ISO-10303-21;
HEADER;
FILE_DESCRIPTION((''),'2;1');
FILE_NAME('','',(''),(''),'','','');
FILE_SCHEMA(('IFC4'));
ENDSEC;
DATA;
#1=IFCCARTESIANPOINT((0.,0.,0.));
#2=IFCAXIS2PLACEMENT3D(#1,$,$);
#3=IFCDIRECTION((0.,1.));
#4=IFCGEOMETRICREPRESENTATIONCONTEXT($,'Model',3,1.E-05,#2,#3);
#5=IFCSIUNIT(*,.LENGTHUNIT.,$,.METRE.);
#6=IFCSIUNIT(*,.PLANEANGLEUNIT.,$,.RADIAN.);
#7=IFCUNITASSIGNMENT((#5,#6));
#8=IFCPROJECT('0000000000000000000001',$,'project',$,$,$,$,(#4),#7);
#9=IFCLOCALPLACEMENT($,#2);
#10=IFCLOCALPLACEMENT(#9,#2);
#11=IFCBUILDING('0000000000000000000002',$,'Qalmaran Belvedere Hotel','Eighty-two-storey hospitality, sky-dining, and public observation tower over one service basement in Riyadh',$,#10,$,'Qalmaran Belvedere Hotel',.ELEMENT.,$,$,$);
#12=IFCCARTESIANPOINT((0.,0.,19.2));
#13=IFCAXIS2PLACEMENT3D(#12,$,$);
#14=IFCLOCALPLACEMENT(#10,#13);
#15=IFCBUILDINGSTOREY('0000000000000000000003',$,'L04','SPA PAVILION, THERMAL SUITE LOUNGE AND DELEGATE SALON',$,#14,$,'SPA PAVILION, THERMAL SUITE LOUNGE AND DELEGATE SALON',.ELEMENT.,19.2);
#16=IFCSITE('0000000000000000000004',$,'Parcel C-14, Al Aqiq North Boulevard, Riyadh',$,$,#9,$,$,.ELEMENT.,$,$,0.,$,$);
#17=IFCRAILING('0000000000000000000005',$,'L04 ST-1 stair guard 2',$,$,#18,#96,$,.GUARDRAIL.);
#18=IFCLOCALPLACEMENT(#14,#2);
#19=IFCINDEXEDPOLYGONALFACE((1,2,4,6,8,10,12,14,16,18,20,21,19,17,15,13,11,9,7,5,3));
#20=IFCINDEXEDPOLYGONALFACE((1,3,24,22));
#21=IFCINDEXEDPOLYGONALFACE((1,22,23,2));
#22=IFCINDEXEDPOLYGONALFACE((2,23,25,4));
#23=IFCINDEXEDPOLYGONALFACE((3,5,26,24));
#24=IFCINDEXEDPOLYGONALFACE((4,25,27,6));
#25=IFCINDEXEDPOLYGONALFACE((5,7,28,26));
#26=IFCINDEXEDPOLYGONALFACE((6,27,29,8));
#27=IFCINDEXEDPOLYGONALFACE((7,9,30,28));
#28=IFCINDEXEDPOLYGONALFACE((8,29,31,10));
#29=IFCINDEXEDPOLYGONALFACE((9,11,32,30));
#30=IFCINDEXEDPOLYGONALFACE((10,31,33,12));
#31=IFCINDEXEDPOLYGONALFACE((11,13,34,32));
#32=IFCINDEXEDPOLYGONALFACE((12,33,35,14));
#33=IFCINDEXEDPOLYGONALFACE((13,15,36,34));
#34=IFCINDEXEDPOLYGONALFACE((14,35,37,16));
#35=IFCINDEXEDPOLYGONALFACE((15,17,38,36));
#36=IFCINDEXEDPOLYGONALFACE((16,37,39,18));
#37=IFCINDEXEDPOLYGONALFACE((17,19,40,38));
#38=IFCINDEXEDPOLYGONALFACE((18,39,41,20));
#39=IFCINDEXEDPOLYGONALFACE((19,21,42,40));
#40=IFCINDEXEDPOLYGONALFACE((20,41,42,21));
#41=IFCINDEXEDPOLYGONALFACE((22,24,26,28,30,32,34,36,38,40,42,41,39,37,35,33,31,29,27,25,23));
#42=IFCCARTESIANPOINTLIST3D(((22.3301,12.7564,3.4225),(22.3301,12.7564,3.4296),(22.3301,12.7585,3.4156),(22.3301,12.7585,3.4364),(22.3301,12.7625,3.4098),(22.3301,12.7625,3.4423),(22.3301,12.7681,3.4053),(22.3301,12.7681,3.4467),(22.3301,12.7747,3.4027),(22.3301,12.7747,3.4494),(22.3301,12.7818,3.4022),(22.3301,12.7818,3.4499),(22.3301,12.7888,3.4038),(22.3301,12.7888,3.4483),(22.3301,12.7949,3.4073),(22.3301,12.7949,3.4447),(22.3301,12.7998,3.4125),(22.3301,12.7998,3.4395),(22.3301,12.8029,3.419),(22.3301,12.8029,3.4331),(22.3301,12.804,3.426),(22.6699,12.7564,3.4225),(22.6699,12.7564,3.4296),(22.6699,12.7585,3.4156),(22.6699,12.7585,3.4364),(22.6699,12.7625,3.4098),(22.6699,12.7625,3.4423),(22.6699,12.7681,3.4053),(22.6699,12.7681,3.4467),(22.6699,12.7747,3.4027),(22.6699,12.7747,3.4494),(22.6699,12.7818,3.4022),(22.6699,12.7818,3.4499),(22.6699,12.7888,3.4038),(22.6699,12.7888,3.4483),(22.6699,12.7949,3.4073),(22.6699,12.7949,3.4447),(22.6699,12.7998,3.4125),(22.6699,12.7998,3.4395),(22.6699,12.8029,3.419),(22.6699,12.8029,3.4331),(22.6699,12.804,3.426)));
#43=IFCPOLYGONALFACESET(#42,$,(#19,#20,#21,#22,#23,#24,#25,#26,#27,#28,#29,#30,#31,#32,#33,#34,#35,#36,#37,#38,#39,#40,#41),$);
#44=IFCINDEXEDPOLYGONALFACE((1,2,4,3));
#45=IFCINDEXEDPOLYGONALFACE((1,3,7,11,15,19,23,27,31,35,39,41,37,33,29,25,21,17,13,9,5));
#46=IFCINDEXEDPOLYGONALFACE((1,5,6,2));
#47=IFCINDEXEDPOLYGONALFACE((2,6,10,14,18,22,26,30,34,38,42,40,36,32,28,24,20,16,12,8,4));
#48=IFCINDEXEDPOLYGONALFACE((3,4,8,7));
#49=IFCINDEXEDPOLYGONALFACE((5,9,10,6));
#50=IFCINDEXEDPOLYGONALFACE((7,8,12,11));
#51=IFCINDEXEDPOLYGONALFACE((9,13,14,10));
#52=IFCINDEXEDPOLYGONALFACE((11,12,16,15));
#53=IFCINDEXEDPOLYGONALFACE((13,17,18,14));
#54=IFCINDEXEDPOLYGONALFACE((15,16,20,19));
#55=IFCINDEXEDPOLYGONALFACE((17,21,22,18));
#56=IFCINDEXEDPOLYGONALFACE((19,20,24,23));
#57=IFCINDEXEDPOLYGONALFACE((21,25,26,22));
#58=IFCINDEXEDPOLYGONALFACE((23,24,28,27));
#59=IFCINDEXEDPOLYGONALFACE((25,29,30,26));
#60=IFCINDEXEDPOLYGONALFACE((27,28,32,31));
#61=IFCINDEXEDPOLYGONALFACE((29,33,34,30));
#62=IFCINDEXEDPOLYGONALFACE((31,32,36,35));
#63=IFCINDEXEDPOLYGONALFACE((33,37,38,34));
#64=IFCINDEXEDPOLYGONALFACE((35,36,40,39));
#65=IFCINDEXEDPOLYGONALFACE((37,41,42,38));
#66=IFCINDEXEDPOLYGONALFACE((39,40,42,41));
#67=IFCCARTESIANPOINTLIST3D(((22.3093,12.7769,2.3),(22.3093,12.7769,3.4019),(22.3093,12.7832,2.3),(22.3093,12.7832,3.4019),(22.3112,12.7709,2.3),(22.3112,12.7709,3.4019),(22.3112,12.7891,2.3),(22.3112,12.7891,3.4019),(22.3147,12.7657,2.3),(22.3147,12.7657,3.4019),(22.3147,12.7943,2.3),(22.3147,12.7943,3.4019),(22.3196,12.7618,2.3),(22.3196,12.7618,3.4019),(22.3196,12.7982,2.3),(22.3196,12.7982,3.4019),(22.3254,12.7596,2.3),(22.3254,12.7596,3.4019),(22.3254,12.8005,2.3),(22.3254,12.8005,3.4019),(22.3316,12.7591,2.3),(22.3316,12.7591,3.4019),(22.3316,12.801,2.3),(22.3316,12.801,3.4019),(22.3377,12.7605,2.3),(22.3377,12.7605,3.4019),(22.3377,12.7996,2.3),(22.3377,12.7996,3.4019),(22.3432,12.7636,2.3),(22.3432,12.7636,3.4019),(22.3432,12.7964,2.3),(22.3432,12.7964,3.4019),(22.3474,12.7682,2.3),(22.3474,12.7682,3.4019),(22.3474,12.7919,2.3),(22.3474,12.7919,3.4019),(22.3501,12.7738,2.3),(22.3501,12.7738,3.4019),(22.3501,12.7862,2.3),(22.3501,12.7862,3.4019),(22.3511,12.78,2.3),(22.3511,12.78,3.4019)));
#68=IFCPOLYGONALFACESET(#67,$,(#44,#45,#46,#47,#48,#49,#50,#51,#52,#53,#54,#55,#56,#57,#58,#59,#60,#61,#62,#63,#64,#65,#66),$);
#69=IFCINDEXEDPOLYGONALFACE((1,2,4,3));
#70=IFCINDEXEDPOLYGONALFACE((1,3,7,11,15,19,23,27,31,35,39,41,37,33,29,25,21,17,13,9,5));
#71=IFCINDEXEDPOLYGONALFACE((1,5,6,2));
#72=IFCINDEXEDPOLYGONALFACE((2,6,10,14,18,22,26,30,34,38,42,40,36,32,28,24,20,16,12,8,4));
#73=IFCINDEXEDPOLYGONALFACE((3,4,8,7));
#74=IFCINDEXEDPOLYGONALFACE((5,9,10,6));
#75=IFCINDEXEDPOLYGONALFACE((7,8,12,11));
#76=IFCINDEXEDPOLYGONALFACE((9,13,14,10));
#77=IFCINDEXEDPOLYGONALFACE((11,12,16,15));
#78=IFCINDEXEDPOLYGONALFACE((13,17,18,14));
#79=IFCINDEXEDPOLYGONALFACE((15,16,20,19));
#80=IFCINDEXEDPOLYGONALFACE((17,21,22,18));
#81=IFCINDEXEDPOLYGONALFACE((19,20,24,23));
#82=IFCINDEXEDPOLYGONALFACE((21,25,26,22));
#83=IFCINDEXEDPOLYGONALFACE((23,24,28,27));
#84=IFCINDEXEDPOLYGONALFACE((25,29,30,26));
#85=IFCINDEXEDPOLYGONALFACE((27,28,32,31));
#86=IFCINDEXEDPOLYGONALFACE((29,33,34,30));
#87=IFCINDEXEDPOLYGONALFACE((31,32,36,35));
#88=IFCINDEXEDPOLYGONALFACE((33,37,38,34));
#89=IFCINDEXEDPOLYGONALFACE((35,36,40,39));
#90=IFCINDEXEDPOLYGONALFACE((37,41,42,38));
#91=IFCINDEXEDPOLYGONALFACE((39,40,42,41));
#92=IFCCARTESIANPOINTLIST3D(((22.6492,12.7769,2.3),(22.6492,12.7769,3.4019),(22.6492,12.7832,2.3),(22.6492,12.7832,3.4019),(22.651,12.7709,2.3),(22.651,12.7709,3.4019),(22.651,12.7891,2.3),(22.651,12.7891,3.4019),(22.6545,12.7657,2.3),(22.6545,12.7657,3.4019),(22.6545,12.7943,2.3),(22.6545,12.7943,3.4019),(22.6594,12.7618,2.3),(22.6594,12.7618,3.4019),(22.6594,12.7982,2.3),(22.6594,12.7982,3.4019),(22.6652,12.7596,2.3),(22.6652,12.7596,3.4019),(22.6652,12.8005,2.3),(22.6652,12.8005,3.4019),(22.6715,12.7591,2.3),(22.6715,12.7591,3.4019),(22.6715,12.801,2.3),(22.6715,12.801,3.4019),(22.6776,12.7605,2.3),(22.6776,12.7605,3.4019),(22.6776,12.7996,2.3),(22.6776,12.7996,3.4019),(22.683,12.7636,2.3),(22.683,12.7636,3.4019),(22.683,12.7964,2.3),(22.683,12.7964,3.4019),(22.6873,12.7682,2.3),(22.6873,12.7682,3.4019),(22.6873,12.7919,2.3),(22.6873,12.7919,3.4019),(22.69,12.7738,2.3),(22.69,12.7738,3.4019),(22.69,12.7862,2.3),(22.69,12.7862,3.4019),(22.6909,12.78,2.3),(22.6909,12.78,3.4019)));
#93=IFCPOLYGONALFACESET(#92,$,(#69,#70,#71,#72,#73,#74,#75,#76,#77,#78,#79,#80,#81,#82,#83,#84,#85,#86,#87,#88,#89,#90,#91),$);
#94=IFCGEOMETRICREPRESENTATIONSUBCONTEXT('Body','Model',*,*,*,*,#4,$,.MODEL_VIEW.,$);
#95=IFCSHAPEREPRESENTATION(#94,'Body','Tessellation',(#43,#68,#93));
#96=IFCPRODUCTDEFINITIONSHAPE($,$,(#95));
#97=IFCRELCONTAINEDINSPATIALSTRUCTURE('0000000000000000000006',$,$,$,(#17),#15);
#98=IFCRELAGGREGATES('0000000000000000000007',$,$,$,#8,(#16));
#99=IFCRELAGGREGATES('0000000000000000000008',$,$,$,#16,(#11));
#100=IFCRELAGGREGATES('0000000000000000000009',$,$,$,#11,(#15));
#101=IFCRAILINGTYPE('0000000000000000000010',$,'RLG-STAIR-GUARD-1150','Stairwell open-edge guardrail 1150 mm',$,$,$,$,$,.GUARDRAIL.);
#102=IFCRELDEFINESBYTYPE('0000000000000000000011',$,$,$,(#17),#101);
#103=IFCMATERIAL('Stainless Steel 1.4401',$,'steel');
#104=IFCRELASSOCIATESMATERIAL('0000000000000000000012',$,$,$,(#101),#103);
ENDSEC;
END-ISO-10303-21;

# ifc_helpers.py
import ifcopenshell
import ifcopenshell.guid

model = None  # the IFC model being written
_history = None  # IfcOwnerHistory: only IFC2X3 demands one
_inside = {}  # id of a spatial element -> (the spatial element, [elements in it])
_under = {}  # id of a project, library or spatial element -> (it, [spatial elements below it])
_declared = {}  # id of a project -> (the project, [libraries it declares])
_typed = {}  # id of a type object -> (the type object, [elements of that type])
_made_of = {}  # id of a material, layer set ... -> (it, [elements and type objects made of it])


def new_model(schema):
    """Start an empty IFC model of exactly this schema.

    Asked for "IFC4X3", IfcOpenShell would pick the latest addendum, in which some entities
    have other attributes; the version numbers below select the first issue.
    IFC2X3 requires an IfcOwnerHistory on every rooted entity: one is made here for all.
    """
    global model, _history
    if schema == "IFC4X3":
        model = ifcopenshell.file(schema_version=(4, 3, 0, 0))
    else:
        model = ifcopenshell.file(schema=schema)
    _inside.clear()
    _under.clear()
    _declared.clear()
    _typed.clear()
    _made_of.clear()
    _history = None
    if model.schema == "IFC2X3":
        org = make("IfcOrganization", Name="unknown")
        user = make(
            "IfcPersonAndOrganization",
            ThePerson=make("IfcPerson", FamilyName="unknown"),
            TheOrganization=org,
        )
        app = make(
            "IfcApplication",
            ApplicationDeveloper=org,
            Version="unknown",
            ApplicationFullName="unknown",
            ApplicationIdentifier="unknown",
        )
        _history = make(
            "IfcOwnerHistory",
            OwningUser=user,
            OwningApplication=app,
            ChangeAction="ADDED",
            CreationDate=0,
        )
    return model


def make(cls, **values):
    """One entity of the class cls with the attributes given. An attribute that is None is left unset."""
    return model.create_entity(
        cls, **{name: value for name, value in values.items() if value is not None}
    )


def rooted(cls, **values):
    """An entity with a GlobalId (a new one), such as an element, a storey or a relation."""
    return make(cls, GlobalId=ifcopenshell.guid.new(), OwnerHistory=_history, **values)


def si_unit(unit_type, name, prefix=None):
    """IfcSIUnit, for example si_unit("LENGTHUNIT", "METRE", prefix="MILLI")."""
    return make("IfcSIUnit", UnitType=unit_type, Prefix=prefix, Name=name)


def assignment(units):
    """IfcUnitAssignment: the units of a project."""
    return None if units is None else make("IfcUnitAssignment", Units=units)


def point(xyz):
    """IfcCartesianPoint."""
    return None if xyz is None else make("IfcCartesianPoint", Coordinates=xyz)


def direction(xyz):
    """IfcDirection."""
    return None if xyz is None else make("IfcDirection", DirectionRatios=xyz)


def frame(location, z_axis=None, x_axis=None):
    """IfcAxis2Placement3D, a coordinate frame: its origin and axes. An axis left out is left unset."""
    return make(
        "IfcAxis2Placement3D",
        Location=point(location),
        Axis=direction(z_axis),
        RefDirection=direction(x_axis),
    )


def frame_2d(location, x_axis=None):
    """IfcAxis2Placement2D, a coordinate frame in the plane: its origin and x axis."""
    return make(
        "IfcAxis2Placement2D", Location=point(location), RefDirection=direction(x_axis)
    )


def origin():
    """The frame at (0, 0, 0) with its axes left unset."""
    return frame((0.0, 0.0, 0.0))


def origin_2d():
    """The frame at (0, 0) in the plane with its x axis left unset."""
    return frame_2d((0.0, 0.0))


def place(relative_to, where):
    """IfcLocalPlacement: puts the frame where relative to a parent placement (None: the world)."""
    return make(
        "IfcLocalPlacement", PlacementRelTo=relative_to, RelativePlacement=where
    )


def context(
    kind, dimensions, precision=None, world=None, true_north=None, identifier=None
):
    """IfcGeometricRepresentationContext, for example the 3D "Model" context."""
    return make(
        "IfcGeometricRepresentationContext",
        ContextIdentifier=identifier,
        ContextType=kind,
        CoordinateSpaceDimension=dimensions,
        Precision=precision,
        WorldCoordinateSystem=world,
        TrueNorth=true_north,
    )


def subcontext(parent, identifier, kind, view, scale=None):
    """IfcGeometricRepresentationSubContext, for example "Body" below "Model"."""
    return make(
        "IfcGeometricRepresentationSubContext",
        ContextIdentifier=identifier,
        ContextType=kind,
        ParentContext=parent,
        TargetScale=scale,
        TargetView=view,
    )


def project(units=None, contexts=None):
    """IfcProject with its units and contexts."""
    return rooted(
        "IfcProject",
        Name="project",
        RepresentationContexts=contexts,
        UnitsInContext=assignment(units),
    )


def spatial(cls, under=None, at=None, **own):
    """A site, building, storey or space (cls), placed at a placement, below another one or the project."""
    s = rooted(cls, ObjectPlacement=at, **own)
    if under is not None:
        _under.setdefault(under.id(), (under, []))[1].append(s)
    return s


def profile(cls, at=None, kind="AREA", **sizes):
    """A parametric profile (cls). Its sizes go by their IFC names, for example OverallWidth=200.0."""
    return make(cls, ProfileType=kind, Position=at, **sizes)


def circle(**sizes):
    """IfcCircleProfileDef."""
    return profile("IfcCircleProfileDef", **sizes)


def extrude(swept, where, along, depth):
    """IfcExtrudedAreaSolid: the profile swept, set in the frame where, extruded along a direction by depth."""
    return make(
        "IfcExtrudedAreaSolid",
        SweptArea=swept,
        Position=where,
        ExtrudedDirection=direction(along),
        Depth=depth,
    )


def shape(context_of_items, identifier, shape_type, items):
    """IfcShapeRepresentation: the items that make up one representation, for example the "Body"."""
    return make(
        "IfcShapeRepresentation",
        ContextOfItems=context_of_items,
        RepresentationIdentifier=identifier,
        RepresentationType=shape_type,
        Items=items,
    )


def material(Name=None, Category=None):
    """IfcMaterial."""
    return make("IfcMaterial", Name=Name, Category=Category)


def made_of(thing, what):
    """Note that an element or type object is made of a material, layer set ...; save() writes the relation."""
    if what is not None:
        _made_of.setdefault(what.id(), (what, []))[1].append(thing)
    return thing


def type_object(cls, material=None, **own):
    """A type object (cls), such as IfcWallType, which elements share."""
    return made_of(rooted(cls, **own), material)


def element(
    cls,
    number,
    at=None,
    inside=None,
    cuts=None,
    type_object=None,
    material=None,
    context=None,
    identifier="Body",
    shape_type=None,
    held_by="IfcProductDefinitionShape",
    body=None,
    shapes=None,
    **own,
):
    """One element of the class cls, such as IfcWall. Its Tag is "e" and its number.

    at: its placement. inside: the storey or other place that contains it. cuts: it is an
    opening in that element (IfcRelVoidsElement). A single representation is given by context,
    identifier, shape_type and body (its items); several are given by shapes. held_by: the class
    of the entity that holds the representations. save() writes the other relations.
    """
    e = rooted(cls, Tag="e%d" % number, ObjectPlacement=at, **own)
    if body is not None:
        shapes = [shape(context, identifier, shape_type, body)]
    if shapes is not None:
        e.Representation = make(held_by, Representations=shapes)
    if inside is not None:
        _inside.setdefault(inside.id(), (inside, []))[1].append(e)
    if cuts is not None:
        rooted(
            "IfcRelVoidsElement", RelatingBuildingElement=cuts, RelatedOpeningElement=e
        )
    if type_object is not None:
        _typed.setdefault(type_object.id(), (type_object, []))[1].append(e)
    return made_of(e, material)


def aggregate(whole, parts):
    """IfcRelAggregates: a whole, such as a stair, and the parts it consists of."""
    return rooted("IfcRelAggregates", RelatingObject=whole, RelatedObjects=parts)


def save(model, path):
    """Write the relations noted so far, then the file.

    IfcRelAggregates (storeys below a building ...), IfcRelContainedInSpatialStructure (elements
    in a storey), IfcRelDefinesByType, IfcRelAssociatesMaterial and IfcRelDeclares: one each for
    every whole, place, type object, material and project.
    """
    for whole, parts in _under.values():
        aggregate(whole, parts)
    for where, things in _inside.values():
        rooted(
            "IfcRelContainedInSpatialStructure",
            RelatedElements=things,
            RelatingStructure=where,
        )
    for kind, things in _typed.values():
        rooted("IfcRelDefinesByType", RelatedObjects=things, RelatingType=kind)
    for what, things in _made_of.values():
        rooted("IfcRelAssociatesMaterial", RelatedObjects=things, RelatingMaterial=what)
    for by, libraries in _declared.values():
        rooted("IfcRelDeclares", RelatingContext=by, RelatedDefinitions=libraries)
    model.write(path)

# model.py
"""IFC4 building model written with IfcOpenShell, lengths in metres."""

from ifc_helpers import new_model, si_unit, direction, frame, origin, origin_2d, place, context, subcontext, project, spatial, circle, extrude, material, type_object, element, save


model = new_model("IFC4")

# Units and contexts
model_context = context("Model", 3, precision=1e-05, world=origin(), true_north=direction((0.0, 1.0)))
body_context = subcontext(model_context, "Body", "Model", "MODEL_VIEW")
ifc_project = project(units=[si_unit("LENGTHUNIT", "METRE"), si_unit("PLANEANGLEUNIT", "RADIAN")], contexts=[model_context])

# Site, building, storey
site_placement = place(None, origin())
site = spatial("IfcSite", under=ifc_project, at=site_placement, Name="Parcel C-14, Al Aqiq North Boulevard, Riyadh", CompositionType="ELEMENT", RefElevation=0.0)
building_placement = place(site_placement, origin())
building = spatial("IfcBuilding", under=site, at=building_placement, Name="Qalmaran Belvedere Hotel", Description="Eighty-two-storey hospitality, sky-dining, and public observation tower over one service basement in Riyadh", LongName="Qalmaran Belvedere Hotel", CompositionType="ELEMENT")
storey_placement = place(building_placement, frame((0.0, 0.0, 19.2)))
storey = spatial("IfcBuildingStorey", under=building, at=storey_placement, Name="L04", Description="SPA PAVILION, THERMAL SUITE LOUNGE AND DELEGATE SALON", LongName="SPA PAVILION, THERMAL SUITE LOUNGE AND DELEGATE SALON", CompositionType="ELEMENT", Elevation=19.2)

# Railing
ifc_material_1 = material(Name="Stainless Steel 1.4401", Category="steel")
railing_type_1 = type_object("IfcRailingType", Name="RLG-STAIR-GUARD-1150", Description="Stairwell open-edge guardrail 1150 mm", PredefinedType="GUARDRAIL", material=ifc_material_1)
railing_1_placement = place(storey_placement, frame((22.3301, 12.78, 2.3)))
element("IfcRailing", 1, at=railing_1_placement, inside=storey, type_object=railing_type_1, Name="L04 ST-1 stair guard 2", PredefinedType="GUARDRAIL", context=body_context, shape_type="SweptSolid", body=[
    extrude(circle(Radius=0.0239, at=origin_2d()), frame((0.0, 0.0, 1.126), z_axis=(1.0, 0.0, 0.0), x_axis=(0.0, 1.0, 0.0)), (0.0, 0.0, 1.0), 0.3398),
    extrude(circle(Radius=0.021, at=origin_2d()), origin(), (0.0, 0.0, 1.0), 1.1018),
    extrude(circle(Radius=0.021, at=origin_2d()), frame((0.3398, 0.0, 0.0)), (0.0, 0.0, 1.0), 1.1018),
])

save(model, "model.ifc")
